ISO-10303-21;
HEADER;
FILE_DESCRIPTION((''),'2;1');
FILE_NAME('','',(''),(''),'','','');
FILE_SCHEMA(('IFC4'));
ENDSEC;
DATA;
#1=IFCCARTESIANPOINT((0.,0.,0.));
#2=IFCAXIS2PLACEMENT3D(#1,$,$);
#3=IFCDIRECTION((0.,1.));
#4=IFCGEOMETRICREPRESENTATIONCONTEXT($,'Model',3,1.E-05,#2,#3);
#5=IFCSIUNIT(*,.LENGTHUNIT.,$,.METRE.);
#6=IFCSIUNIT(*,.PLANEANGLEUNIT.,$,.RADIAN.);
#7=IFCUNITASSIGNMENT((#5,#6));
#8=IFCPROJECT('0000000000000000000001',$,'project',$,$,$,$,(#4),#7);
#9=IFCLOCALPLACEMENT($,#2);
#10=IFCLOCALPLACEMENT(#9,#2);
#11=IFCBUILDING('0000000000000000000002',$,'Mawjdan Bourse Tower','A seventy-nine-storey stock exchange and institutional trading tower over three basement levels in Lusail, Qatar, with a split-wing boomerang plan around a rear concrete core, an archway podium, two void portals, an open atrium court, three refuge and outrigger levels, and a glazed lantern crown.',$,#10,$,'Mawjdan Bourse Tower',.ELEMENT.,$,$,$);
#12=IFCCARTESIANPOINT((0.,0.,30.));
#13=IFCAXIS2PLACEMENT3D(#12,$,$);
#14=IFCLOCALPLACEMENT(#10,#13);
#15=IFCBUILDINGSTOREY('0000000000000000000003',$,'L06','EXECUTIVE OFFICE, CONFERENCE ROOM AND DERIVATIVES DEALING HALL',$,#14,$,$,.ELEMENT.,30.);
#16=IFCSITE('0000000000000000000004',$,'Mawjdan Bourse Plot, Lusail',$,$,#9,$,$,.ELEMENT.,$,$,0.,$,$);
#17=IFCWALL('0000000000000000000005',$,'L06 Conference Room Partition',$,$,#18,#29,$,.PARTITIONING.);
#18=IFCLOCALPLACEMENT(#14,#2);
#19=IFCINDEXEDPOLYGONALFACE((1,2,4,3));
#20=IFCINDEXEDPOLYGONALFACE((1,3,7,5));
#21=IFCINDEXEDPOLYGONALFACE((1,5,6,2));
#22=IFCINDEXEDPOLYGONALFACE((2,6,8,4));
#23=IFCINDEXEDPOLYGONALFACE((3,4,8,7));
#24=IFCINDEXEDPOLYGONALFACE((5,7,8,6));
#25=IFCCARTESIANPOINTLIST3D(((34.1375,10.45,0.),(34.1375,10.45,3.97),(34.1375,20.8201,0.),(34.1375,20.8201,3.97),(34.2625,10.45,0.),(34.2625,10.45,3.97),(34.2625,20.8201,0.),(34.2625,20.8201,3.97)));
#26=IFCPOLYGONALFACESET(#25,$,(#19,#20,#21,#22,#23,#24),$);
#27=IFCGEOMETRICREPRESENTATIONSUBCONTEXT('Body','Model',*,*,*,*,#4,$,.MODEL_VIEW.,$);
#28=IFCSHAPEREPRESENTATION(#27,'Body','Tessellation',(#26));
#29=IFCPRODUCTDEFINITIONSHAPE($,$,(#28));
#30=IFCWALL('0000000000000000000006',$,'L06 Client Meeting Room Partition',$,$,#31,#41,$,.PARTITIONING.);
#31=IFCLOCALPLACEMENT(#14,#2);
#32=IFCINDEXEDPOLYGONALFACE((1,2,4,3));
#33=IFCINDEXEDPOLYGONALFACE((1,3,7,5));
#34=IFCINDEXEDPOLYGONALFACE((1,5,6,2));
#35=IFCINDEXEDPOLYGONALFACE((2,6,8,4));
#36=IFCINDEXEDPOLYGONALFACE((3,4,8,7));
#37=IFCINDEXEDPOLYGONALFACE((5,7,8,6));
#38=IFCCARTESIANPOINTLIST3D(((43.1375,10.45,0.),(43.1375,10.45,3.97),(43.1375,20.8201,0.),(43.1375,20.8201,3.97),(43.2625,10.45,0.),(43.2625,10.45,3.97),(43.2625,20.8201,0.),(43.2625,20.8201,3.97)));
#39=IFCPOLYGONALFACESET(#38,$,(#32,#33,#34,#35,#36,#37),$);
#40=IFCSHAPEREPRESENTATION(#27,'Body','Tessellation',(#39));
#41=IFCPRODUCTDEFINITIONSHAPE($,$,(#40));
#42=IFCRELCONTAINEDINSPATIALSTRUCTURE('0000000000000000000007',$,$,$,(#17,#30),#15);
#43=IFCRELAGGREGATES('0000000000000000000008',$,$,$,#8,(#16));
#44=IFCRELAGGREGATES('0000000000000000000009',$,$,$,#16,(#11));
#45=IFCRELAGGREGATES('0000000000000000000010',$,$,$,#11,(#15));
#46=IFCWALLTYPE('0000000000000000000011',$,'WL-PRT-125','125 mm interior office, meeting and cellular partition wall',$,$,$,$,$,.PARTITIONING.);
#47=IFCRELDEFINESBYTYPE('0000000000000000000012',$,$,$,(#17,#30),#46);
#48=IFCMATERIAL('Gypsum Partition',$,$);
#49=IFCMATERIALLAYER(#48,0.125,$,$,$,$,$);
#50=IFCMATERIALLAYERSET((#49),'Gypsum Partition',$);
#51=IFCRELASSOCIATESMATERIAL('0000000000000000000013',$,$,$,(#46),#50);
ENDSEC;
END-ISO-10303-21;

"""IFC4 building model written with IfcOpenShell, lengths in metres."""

from ifc_helpers import new_model, si_unit, direction, frame, frame_2d, origin, place, context, subcontext, project, spatial, rectangle, extrude, material, layer, layer_set, type_object, element, save


model = new_model("IFC4")

# Units and contexts
model_context = context("Model", 3, precision=1e-05, world=origin(), true_north=direction((0.0, 1.0)))
body_context = subcontext(model_context, "Body", "Model", "MODEL_VIEW")
ifc_project = project(units=[si_unit("LENGTHUNIT", "METRE"), si_unit("PLANEANGLEUNIT", "RADIAN")], contexts=[model_context])

# Site, building, storey
site_placement = place(None, origin())
site = spatial("IfcSite", under=ifc_project, at=site_placement, Name="Mawjdan Bourse Plot, Lusail", CompositionType="ELEMENT", RefElevation=0.0)
building_placement = place(site_placement, origin())
building = spatial("IfcBuilding", under=site, at=building_placement, Name="Mawjdan Bourse Tower", Description="A seventy-nine-storey stock exchange and institutional trading tower over three basement levels in Lusail, Qatar, with a split-wing boomerang plan around a rear concrete core, an archway podium, two void portals, an open atrium court, three refuge and outrigger levels, and a glazed lantern crown.", LongName="Mawjdan Bourse Tower", CompositionType="ELEMENT")
storey_placement = place(building_placement, frame((0.0, 0.0, 30.0)))
storey = spatial("IfcBuildingStorey", under=building, at=storey_placement, Name="L06", Description="EXECUTIVE OFFICE, CONFERENCE ROOM AND DERIVATIVES DEALING HALL", CompositionType="ELEMENT", Elevation=30.0)

# Walls
ifc_material_1 = material(Name="Gypsum Partition")
ifc_layer_1 = layer(ifc_material_1, 0.125)
ifc_layer_set_1 = layer_set([ifc_layer_1], Name="Gypsum Partition")
wall_type_1 = type_object("IfcWallType", Name="WL-PRT-125", Description="125 mm interior office, meeting and cellular partition wall", PredefinedType="PARTITIONING", material=ifc_layer_set_1)
for number, where, z_axis, x_axis, name in (
    (1, (34.2, 10.45, 0.0), (0.0, 0.0, 1.0), (0.0, 1.0, 0.0), "L06 Conference Room Partition"),
    (2, (43.2, 10.45, 0.0), (0.0, 0.0, 1.0), (0.0, 1.0, 0.0), "L06 Client Meeting Room Partition"),
):
    element("IfcWall", number, at=place(storey_placement, frame(where, z_axis=z_axis, x_axis=x_axis)), inside=storey, type_object=wall_type_1, Name=name, PredefinedType="PARTITIONING", context=body_context, shape_type="SweptSolid", body=[
        extrude(rectangle(XDim=10.3701, YDim=0.125, at=frame_2d((5.1851, 0.0))), origin(), (0.0, 0.0, 1.0), 3.97),
    ])

save(model, "model.ifc")
